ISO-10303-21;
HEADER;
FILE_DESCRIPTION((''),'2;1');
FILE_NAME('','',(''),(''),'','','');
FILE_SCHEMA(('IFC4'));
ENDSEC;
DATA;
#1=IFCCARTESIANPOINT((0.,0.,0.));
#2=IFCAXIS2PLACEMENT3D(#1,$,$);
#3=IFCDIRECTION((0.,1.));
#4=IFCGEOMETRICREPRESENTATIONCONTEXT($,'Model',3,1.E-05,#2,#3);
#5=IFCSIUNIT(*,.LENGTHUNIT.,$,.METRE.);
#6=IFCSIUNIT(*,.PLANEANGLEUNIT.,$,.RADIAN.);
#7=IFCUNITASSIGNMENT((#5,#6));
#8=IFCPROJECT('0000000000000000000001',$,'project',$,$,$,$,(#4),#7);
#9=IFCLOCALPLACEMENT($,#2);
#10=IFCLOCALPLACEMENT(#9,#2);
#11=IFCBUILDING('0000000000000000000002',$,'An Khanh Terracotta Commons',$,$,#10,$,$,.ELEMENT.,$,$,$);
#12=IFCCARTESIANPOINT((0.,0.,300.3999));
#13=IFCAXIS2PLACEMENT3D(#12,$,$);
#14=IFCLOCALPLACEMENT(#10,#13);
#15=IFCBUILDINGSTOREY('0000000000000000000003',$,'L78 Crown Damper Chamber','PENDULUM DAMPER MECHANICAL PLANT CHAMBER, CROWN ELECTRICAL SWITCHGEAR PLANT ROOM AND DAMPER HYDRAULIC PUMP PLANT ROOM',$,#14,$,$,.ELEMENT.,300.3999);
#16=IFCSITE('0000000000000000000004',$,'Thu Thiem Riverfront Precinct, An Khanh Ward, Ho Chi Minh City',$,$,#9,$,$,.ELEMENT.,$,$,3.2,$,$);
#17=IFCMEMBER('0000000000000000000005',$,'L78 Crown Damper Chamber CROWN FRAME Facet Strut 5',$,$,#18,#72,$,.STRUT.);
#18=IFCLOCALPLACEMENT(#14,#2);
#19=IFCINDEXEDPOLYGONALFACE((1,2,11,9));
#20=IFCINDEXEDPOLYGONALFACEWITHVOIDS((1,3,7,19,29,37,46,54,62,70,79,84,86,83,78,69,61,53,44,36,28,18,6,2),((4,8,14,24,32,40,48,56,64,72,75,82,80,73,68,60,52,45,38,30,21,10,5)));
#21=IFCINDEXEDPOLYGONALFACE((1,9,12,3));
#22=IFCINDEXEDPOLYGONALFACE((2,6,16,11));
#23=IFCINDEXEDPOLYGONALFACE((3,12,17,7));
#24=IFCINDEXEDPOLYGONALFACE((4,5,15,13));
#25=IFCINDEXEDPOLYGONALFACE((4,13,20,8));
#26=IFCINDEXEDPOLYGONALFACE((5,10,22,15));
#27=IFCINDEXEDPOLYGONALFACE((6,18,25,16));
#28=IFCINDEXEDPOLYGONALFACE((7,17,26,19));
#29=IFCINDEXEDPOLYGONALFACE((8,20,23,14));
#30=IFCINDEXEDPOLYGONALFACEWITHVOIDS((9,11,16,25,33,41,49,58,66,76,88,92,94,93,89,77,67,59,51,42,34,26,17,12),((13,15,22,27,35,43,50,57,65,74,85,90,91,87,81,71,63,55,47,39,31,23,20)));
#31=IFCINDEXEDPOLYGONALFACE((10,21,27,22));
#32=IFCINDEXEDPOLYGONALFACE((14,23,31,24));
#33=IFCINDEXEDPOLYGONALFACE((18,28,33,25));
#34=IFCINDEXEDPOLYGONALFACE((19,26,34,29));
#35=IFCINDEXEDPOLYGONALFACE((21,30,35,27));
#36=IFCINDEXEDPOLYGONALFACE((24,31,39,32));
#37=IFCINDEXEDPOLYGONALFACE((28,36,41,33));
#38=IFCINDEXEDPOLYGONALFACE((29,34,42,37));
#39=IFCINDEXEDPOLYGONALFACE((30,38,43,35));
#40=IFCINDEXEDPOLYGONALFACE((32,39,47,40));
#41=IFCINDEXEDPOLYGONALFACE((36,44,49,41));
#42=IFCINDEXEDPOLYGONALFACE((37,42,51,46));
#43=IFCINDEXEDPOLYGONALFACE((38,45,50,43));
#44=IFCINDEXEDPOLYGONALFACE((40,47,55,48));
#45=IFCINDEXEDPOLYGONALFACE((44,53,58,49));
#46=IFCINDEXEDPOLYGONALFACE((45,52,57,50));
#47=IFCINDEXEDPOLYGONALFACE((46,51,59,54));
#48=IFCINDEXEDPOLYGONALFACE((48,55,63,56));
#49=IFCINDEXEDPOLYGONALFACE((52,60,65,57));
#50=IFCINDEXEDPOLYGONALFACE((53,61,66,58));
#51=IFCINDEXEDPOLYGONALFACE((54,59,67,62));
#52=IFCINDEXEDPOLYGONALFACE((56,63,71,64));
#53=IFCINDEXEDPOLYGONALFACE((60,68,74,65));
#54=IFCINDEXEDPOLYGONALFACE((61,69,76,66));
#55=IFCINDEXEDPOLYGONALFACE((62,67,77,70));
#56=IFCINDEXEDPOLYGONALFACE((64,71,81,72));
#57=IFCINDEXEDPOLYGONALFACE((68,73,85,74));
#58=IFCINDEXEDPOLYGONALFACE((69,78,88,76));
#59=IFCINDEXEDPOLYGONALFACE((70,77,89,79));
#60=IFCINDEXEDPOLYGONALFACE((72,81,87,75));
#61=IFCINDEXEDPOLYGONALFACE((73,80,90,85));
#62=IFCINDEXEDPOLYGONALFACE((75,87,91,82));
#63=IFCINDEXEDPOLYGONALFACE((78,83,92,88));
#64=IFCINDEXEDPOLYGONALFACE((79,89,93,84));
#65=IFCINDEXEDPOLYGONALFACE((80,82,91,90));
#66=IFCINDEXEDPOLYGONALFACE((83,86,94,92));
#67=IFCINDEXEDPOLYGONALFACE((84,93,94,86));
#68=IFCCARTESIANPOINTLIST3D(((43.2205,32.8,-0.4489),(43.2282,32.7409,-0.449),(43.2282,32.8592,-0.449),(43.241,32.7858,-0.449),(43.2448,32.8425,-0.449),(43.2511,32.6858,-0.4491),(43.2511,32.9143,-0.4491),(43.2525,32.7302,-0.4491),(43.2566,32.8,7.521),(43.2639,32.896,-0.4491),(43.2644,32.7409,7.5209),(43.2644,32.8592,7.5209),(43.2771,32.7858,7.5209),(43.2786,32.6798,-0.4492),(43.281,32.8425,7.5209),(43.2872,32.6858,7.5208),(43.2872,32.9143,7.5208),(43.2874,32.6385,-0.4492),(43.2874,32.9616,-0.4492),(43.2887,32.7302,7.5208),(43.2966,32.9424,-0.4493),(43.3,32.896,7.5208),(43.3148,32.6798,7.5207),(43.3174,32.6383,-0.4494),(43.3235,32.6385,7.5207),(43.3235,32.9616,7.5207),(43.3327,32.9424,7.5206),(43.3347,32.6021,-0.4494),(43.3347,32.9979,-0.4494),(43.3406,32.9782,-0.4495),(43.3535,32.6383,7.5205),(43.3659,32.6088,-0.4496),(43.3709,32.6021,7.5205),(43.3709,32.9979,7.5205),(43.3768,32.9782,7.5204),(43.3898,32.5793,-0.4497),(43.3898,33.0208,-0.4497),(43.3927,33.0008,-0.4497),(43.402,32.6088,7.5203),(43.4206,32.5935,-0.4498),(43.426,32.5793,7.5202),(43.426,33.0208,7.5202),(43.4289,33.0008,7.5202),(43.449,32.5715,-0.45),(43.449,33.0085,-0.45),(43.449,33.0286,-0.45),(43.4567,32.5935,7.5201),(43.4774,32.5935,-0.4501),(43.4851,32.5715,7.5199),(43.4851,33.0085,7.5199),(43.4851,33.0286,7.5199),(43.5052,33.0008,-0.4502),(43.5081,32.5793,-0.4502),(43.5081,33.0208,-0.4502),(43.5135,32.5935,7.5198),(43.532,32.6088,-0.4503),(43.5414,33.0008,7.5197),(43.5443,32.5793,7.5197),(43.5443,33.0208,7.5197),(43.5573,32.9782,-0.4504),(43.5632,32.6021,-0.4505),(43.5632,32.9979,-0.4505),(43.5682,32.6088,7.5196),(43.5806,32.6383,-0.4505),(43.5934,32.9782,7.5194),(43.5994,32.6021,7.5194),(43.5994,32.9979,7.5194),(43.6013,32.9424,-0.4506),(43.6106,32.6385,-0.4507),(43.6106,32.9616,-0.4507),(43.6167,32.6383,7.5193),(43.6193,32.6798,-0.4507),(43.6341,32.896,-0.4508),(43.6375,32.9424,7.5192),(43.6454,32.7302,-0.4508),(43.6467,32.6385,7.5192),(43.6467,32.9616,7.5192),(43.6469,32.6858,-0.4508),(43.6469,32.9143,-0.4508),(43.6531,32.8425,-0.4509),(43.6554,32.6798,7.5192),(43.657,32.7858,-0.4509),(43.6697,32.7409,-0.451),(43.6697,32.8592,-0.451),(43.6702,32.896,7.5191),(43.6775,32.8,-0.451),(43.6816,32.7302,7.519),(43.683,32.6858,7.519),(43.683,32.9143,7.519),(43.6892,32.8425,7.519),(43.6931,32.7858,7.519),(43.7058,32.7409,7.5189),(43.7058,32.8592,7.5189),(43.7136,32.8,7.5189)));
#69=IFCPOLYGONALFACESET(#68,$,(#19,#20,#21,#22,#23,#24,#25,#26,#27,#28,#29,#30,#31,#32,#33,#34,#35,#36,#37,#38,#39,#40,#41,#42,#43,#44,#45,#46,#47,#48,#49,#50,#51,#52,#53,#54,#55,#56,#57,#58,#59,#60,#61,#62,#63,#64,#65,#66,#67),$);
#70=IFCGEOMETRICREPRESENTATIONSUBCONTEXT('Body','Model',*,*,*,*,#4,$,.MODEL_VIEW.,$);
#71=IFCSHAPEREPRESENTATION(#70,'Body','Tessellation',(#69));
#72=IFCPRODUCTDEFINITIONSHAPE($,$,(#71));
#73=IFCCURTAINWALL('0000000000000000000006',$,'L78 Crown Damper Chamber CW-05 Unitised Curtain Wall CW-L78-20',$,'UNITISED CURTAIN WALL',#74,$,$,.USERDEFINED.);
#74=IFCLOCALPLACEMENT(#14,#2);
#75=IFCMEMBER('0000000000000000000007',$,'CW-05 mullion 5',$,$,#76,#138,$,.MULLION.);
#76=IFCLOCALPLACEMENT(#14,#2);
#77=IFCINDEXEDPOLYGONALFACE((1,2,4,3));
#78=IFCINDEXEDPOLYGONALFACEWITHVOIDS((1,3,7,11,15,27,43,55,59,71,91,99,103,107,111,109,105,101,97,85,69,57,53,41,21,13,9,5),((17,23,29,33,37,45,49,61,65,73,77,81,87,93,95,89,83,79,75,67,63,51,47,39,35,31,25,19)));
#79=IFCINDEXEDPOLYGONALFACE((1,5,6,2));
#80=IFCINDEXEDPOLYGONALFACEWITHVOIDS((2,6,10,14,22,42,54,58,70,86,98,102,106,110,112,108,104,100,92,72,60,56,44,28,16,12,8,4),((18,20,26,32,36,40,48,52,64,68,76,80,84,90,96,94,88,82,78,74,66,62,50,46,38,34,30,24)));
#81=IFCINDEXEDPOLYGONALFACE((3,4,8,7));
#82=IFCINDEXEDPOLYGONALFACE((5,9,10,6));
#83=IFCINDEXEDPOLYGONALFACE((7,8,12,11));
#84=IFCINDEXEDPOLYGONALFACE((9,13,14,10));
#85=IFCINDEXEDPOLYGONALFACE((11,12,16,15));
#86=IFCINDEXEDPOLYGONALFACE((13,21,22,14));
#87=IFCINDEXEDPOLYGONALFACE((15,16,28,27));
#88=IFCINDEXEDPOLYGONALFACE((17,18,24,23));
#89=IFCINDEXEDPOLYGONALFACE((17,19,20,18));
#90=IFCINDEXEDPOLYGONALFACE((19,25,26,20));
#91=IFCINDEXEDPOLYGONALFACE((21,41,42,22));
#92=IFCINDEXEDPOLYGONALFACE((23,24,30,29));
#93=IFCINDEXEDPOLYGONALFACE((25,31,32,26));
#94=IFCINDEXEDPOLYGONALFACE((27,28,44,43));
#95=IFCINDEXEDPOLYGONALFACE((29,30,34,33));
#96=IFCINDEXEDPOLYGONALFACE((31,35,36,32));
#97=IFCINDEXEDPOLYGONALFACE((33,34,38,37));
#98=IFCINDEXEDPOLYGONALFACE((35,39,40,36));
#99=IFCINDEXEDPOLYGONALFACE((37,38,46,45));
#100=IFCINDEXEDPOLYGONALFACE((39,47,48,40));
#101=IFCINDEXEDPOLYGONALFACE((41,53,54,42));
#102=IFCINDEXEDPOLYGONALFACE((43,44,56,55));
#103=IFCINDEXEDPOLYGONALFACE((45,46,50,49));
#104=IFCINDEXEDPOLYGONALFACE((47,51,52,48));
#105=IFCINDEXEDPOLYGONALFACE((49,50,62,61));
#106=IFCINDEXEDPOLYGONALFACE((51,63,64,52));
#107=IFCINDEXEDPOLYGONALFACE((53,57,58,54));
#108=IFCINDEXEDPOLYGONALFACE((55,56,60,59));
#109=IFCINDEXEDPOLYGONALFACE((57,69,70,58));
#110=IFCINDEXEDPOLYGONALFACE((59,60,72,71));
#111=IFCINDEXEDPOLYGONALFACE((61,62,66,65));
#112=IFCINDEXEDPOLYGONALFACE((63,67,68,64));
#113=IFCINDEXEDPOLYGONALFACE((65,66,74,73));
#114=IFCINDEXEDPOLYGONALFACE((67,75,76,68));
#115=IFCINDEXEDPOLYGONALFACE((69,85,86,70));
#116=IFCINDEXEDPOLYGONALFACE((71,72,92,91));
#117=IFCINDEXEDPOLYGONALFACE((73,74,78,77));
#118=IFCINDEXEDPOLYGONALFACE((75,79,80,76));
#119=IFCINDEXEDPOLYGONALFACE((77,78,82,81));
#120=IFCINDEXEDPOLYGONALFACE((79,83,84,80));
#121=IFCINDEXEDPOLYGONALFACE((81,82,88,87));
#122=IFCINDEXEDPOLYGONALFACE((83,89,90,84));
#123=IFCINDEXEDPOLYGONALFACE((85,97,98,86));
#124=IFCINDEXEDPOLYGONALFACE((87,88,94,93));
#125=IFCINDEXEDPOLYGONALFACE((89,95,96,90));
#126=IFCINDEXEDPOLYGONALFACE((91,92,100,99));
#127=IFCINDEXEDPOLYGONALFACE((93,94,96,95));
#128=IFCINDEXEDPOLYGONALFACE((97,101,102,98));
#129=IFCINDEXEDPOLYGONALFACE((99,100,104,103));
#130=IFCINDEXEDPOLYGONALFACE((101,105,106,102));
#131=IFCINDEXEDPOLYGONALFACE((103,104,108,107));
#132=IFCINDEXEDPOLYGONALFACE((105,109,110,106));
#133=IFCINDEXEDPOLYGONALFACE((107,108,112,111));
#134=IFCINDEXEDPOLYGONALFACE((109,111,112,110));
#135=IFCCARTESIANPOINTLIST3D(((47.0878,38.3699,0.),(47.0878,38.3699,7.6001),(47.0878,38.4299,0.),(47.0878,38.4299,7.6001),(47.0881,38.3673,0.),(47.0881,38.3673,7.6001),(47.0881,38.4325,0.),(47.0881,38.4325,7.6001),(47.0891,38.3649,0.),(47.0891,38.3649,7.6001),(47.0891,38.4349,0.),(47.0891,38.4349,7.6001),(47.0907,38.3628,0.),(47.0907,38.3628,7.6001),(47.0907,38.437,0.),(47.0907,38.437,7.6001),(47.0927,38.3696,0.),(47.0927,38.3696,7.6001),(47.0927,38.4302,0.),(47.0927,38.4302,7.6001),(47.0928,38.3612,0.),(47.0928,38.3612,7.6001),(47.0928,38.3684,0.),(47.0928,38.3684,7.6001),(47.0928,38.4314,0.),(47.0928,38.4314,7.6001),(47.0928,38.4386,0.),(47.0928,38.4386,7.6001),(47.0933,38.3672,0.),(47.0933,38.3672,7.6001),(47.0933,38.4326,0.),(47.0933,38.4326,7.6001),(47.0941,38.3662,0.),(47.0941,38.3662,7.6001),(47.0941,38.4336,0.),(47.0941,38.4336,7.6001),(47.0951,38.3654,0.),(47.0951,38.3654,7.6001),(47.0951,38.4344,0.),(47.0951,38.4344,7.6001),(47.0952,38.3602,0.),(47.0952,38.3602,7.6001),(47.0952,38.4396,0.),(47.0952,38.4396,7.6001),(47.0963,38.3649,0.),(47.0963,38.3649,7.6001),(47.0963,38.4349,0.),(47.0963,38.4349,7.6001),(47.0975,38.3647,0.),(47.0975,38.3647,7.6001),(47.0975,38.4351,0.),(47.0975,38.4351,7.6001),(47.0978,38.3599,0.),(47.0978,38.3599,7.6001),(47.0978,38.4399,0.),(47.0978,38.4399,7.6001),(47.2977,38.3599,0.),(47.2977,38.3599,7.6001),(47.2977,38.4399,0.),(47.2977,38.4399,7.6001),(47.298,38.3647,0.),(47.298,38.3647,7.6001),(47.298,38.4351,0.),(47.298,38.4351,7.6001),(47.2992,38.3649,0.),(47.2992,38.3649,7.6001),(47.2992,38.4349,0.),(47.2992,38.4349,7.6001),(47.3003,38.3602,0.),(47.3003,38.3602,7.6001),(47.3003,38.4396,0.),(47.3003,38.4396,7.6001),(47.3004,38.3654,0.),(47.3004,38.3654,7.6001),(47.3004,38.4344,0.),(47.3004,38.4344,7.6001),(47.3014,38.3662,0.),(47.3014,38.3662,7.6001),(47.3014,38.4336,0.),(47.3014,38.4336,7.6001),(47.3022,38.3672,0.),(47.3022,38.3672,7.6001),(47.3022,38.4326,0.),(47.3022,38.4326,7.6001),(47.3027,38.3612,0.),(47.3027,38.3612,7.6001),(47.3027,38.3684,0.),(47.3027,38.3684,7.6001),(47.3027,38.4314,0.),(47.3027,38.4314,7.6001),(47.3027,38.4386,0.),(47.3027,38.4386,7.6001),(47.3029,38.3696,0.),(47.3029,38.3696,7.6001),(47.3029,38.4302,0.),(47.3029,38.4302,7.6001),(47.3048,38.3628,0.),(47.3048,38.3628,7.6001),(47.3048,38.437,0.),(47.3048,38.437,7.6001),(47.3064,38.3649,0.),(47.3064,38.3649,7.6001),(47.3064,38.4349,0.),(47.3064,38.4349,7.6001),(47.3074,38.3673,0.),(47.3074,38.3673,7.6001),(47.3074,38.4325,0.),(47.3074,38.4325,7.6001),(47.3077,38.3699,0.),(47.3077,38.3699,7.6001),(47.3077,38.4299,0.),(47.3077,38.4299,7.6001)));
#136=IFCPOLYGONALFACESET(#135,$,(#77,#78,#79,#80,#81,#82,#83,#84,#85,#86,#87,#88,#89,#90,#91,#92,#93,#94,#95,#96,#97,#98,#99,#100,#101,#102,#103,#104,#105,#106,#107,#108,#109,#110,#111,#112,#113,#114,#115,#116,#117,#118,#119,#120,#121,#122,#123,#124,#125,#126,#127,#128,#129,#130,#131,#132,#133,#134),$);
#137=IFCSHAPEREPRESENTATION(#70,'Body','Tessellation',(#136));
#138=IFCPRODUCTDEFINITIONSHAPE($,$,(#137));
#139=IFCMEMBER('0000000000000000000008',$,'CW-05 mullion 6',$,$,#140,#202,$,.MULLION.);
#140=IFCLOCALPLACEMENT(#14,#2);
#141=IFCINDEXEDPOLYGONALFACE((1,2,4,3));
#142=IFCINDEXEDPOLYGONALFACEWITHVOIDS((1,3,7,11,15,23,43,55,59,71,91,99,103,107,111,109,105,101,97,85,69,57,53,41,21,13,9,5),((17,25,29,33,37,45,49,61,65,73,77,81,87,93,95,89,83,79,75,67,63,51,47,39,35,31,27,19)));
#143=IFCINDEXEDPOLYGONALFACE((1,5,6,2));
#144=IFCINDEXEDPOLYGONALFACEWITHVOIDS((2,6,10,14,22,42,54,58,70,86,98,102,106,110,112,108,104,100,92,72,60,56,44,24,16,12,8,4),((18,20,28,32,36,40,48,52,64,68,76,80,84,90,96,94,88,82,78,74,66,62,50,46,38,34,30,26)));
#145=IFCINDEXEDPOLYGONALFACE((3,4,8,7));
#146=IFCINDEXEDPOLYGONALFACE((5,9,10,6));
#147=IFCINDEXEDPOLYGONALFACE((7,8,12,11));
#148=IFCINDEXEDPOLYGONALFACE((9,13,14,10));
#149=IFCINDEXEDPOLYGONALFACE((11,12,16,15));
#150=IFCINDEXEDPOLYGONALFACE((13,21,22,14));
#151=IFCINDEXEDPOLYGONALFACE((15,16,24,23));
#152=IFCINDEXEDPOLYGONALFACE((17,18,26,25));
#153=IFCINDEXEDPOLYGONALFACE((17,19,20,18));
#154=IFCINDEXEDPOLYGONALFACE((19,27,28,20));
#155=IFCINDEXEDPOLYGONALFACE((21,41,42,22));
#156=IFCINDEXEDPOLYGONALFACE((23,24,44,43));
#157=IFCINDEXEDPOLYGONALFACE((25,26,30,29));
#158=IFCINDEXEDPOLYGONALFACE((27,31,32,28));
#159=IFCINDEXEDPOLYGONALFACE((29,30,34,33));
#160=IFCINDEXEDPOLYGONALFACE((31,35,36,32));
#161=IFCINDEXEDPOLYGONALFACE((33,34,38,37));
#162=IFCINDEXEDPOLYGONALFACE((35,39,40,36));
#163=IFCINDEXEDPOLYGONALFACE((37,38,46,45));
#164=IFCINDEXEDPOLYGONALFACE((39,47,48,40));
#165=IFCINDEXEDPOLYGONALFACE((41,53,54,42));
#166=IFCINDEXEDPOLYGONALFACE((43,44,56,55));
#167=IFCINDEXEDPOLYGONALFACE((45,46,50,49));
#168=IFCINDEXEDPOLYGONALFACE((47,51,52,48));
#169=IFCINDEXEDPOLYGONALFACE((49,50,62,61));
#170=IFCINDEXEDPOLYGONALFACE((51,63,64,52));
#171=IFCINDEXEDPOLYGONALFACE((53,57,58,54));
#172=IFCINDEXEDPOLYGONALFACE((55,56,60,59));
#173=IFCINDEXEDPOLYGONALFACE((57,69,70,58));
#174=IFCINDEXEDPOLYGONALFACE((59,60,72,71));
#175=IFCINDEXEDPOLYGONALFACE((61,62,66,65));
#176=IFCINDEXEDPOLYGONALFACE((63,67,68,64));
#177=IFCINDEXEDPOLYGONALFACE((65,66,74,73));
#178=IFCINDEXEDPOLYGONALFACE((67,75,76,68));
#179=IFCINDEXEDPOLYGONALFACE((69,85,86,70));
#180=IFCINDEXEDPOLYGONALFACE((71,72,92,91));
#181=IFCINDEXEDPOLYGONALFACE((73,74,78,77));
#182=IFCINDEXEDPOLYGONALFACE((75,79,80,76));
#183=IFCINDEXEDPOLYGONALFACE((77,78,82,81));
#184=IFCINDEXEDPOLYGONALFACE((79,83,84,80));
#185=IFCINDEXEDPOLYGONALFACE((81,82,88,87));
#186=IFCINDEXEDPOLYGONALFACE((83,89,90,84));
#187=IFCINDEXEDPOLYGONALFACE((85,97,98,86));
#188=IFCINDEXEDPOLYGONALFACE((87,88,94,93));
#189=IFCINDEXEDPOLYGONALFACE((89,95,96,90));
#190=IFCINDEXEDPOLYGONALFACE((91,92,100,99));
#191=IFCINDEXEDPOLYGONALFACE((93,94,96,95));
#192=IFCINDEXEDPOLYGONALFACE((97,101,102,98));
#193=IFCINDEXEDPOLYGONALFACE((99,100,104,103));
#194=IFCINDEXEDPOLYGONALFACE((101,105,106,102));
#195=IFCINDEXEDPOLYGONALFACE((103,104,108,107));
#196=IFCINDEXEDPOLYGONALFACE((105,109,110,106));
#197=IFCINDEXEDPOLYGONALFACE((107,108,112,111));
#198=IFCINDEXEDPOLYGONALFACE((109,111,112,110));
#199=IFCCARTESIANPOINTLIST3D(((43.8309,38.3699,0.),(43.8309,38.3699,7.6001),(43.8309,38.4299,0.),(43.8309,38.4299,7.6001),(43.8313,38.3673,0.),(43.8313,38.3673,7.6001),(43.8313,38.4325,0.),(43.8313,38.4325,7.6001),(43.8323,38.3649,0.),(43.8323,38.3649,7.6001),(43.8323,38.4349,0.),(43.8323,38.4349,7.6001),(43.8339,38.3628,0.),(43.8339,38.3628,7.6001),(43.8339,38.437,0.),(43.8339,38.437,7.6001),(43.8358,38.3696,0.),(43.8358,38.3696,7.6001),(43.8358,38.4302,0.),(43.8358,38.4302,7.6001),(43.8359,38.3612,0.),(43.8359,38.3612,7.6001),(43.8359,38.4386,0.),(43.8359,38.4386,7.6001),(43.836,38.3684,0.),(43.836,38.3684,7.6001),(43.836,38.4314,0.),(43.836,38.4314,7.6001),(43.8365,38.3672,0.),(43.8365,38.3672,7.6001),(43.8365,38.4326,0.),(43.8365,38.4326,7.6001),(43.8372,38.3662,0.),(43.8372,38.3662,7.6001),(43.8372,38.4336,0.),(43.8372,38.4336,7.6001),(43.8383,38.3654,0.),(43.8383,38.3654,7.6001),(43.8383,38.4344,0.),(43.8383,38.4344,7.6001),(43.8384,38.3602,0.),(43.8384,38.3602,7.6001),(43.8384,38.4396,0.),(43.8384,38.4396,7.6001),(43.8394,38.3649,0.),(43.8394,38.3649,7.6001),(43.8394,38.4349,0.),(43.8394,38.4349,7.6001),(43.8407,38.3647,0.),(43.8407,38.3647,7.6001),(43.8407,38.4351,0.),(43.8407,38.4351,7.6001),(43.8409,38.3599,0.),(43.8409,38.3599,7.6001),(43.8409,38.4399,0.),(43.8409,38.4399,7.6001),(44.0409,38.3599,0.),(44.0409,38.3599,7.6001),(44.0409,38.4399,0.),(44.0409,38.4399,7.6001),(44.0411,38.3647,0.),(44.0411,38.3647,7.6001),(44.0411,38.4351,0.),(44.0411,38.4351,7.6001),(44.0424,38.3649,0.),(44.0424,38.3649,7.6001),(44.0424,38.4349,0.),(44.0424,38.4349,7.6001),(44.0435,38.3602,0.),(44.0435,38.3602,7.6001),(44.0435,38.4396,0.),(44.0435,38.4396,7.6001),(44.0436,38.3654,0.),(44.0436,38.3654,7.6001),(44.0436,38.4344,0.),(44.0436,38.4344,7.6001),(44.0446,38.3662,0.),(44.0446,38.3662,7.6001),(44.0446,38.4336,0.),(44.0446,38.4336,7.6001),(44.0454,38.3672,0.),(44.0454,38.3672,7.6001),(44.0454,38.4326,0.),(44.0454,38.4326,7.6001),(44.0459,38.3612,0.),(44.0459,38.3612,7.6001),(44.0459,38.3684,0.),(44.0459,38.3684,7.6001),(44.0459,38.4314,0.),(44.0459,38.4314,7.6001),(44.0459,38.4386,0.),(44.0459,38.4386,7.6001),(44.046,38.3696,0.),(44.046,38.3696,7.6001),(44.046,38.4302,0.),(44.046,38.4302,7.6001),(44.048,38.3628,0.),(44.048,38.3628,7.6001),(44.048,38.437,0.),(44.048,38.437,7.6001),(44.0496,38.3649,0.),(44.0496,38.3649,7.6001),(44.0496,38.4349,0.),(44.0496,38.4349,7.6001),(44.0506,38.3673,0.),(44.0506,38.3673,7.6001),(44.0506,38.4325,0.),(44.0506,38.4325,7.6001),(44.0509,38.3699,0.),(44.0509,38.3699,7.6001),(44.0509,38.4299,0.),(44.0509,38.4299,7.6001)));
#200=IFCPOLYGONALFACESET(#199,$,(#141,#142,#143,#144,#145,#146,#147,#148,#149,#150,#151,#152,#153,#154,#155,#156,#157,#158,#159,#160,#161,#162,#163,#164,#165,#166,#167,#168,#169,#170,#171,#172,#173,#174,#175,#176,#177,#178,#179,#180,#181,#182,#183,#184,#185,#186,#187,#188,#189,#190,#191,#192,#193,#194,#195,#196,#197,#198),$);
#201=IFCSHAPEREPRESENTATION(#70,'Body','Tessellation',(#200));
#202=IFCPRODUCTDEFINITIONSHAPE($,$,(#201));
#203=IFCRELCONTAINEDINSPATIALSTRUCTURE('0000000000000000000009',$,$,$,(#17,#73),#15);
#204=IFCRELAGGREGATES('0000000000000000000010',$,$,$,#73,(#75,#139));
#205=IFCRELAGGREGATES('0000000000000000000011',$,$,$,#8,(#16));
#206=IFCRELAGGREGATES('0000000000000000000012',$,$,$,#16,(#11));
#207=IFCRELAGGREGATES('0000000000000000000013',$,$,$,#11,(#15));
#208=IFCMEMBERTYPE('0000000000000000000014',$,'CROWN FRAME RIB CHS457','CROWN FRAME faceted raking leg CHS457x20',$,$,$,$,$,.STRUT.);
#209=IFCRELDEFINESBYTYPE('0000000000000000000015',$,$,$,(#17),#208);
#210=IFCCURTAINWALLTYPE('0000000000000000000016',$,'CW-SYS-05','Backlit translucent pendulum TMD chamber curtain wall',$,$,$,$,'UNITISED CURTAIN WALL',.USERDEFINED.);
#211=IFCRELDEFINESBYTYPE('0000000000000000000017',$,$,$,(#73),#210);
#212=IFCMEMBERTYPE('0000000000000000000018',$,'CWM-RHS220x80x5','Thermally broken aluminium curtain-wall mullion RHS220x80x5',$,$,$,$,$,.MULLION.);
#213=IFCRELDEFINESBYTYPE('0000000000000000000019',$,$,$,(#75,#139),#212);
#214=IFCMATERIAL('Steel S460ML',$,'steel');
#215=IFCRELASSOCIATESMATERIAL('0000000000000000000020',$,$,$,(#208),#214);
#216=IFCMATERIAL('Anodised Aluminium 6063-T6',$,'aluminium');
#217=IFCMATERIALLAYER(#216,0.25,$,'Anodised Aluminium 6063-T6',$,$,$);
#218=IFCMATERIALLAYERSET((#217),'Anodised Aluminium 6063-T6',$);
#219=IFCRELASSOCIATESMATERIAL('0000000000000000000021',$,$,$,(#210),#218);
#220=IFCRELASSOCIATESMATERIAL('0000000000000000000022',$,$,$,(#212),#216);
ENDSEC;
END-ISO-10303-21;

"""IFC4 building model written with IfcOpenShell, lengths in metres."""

from ifc_helpers import new_model, si_unit, direction, frame, origin, origin_2d, place, context, subcontext, project, spatial, hollow_rectangle, hollow_circle, extrude, material, layer, layer_set, material_profile, profile_set, type_object, element, aggregate, save


model = new_model("IFC4")

# Units and contexts
model_context = context("Model", 3, precision=1e-05, world=origin(), true_north=direction((0.0, 1.0)))
body_context = subcontext(model_context, "Body", "Model", "MODEL_VIEW")
ifc_project = project(units=[si_unit("LENGTHUNIT", "METRE"), si_unit("PLANEANGLEUNIT", "RADIAN")], contexts=[model_context])

# Site, building, storey
site_placement = place(None, origin())
site = spatial("IfcSite", under=ifc_project, at=site_placement, Name="Thu Thiem Riverfront Precinct, An Khanh Ward, Ho Chi Minh City", CompositionType="ELEMENT", RefElevation=3.2)
building_placement = place(site_placement, origin())
building = spatial("IfcBuilding", under=site, at=building_placement, Name="An Khanh Terracotta Commons", CompositionType="ELEMENT")
storey_placement = place(building_placement, frame((0.0, 0.0, 300.3999)))
storey = spatial("IfcBuildingStorey", under=building, at=storey_placement, Name="L78 Crown Damper Chamber", Description="PENDULUM DAMPER MECHANICAL PLANT CHAMBER, CROWN ELECTRICAL SWITCHGEAR PLANT ROOM AND DAMPER HYDRAULIC PUMP PLANT ROOM", CompositionType="ELEMENT", Elevation=300.3999)

# Member
ifc_material_1 = material(Name="Steel S460ML", Category="steel")
ifc_material_profile_1 = material_profile(ifc_material_1, hollow_circle(Radius=0.2285, WallThickness=0.02, at=origin_2d()), Name="CHS457x20")
ifc_profile_set_1 = profile_set([ifc_material_profile_1], Name="Steel S460ML")
member_type_1 = type_object("IfcMemberType", Name="CROWN FRAME RIB CHS457", Description="CROWN FRAME faceted raking leg CHS457x20", PredefinedType="STRUT", material=ifc_profile_set_1)
member_1_placement = place(storey_placement, frame((43.449, 32.8, -0.45), z_axis=(0.004534, 0.0, 0.99999), x_axis=(0.0, 1.0, 0.0)))
element("IfcMember", 1, at=member_1_placement, inside=storey, type_object=member_type_1, Name="L78 Crown Damper Chamber CROWN FRAME Facet Strut 5", PredefinedType="STRUT", context=body_context, shape_type="SweptSolid", body=[
    extrude(hollow_circle(Radius=0.2285, WallThickness=0.02, at=origin_2d()), origin(), (0.0, 0.0, 1.0), 7.97),
])

# Curtain wall, members
ifc_material_2 = material(Name="Anodised Aluminium 6063-T6", Category="aluminium")
ifc_layer_1 = layer(ifc_material_2, 0.25, Name="Anodised Aluminium 6063-T6")
ifc_layer_set_1 = layer_set([ifc_layer_1], Name="Anodised Aluminium 6063-T6")
curtain_wall_type = type_object("IfcCurtainWallType", Name="CW-SYS-05", Description="Backlit translucent pendulum TMD chamber curtain wall", ElementType="UNITISED CURTAIN WALL", PredefinedType="USERDEFINED", material=ifc_layer_set_1)
curtain_wall_placement = place(storey_placement, origin())
curtain_wall = element("IfcCurtainWall", 2, at=curtain_wall_placement, inside=storey, type_object=curtain_wall_type, Name="L78 Crown Damper Chamber CW-05 Unitised Curtain Wall CW-L78-20", ObjectType="UNITISED CURTAIN WALL", PredefinedType="USERDEFINED")
ifc_material_profile_2 = material_profile(ifc_material_2, hollow_rectangle(XDim=0.0801, YDim=0.22, WallThickness=0.0049, InnerFilletRadius=0.0049, OuterFilletRadius=0.01, at=origin_2d()), Name="RHS220x80x5")
ifc_profile_set_2 = profile_set([ifc_material_profile_2], Name="Anodised Aluminium 6063-T6")
member_type_2 = type_object("IfcMemberType", Name="CWM-RHS220x80x5", Description="Thermally broken aluminium curtain-wall mullion RHS220x80x5", PredefinedType="MULLION", material=ifc_profile_set_2)
member_2_placement = place(storey_placement, frame((47.1978, 38.3999, 0.0), z_axis=(0.0, 0.0, 1.0), x_axis=(0.0, -1.0, 0.0)))
member_2 = element("IfcMember", 3, at=member_2_placement, type_object=member_type_2, Name="CW-05 mullion 5", PredefinedType="MULLION", context=body_context, shape_type="SweptSolid", body=[
    extrude(hollow_rectangle(XDim=0.0801, YDim=0.22, WallThickness=0.0049, InnerFilletRadius=0.0049, OuterFilletRadius=0.01, at=origin_2d()), origin(), (0.0, 0.0, 1.0), 7.6001),
])
member_3_placement = place(storey_placement, frame((43.9409, 38.3999, 0.0), z_axis=(0.0, 0.0, 1.0), x_axis=(0.0, -1.0, 0.0)))
member_3 = element("IfcMember", 4, at=member_3_placement, type_object=member_type_2, Name="CW-05 mullion 6", PredefinedType="MULLION", context=body_context, shape_type="SweptSolid", body=[
    extrude(hollow_rectangle(XDim=0.0801, YDim=0.22, WallThickness=0.0049, InnerFilletRadius=0.0049, OuterFilletRadius=0.01, at=origin_2d()), origin(), (0.0, 0.0, 1.0), 7.6001),
])

aggregate(curtain_wall, [member_2, member_3])

save(model, "model.ifc")
